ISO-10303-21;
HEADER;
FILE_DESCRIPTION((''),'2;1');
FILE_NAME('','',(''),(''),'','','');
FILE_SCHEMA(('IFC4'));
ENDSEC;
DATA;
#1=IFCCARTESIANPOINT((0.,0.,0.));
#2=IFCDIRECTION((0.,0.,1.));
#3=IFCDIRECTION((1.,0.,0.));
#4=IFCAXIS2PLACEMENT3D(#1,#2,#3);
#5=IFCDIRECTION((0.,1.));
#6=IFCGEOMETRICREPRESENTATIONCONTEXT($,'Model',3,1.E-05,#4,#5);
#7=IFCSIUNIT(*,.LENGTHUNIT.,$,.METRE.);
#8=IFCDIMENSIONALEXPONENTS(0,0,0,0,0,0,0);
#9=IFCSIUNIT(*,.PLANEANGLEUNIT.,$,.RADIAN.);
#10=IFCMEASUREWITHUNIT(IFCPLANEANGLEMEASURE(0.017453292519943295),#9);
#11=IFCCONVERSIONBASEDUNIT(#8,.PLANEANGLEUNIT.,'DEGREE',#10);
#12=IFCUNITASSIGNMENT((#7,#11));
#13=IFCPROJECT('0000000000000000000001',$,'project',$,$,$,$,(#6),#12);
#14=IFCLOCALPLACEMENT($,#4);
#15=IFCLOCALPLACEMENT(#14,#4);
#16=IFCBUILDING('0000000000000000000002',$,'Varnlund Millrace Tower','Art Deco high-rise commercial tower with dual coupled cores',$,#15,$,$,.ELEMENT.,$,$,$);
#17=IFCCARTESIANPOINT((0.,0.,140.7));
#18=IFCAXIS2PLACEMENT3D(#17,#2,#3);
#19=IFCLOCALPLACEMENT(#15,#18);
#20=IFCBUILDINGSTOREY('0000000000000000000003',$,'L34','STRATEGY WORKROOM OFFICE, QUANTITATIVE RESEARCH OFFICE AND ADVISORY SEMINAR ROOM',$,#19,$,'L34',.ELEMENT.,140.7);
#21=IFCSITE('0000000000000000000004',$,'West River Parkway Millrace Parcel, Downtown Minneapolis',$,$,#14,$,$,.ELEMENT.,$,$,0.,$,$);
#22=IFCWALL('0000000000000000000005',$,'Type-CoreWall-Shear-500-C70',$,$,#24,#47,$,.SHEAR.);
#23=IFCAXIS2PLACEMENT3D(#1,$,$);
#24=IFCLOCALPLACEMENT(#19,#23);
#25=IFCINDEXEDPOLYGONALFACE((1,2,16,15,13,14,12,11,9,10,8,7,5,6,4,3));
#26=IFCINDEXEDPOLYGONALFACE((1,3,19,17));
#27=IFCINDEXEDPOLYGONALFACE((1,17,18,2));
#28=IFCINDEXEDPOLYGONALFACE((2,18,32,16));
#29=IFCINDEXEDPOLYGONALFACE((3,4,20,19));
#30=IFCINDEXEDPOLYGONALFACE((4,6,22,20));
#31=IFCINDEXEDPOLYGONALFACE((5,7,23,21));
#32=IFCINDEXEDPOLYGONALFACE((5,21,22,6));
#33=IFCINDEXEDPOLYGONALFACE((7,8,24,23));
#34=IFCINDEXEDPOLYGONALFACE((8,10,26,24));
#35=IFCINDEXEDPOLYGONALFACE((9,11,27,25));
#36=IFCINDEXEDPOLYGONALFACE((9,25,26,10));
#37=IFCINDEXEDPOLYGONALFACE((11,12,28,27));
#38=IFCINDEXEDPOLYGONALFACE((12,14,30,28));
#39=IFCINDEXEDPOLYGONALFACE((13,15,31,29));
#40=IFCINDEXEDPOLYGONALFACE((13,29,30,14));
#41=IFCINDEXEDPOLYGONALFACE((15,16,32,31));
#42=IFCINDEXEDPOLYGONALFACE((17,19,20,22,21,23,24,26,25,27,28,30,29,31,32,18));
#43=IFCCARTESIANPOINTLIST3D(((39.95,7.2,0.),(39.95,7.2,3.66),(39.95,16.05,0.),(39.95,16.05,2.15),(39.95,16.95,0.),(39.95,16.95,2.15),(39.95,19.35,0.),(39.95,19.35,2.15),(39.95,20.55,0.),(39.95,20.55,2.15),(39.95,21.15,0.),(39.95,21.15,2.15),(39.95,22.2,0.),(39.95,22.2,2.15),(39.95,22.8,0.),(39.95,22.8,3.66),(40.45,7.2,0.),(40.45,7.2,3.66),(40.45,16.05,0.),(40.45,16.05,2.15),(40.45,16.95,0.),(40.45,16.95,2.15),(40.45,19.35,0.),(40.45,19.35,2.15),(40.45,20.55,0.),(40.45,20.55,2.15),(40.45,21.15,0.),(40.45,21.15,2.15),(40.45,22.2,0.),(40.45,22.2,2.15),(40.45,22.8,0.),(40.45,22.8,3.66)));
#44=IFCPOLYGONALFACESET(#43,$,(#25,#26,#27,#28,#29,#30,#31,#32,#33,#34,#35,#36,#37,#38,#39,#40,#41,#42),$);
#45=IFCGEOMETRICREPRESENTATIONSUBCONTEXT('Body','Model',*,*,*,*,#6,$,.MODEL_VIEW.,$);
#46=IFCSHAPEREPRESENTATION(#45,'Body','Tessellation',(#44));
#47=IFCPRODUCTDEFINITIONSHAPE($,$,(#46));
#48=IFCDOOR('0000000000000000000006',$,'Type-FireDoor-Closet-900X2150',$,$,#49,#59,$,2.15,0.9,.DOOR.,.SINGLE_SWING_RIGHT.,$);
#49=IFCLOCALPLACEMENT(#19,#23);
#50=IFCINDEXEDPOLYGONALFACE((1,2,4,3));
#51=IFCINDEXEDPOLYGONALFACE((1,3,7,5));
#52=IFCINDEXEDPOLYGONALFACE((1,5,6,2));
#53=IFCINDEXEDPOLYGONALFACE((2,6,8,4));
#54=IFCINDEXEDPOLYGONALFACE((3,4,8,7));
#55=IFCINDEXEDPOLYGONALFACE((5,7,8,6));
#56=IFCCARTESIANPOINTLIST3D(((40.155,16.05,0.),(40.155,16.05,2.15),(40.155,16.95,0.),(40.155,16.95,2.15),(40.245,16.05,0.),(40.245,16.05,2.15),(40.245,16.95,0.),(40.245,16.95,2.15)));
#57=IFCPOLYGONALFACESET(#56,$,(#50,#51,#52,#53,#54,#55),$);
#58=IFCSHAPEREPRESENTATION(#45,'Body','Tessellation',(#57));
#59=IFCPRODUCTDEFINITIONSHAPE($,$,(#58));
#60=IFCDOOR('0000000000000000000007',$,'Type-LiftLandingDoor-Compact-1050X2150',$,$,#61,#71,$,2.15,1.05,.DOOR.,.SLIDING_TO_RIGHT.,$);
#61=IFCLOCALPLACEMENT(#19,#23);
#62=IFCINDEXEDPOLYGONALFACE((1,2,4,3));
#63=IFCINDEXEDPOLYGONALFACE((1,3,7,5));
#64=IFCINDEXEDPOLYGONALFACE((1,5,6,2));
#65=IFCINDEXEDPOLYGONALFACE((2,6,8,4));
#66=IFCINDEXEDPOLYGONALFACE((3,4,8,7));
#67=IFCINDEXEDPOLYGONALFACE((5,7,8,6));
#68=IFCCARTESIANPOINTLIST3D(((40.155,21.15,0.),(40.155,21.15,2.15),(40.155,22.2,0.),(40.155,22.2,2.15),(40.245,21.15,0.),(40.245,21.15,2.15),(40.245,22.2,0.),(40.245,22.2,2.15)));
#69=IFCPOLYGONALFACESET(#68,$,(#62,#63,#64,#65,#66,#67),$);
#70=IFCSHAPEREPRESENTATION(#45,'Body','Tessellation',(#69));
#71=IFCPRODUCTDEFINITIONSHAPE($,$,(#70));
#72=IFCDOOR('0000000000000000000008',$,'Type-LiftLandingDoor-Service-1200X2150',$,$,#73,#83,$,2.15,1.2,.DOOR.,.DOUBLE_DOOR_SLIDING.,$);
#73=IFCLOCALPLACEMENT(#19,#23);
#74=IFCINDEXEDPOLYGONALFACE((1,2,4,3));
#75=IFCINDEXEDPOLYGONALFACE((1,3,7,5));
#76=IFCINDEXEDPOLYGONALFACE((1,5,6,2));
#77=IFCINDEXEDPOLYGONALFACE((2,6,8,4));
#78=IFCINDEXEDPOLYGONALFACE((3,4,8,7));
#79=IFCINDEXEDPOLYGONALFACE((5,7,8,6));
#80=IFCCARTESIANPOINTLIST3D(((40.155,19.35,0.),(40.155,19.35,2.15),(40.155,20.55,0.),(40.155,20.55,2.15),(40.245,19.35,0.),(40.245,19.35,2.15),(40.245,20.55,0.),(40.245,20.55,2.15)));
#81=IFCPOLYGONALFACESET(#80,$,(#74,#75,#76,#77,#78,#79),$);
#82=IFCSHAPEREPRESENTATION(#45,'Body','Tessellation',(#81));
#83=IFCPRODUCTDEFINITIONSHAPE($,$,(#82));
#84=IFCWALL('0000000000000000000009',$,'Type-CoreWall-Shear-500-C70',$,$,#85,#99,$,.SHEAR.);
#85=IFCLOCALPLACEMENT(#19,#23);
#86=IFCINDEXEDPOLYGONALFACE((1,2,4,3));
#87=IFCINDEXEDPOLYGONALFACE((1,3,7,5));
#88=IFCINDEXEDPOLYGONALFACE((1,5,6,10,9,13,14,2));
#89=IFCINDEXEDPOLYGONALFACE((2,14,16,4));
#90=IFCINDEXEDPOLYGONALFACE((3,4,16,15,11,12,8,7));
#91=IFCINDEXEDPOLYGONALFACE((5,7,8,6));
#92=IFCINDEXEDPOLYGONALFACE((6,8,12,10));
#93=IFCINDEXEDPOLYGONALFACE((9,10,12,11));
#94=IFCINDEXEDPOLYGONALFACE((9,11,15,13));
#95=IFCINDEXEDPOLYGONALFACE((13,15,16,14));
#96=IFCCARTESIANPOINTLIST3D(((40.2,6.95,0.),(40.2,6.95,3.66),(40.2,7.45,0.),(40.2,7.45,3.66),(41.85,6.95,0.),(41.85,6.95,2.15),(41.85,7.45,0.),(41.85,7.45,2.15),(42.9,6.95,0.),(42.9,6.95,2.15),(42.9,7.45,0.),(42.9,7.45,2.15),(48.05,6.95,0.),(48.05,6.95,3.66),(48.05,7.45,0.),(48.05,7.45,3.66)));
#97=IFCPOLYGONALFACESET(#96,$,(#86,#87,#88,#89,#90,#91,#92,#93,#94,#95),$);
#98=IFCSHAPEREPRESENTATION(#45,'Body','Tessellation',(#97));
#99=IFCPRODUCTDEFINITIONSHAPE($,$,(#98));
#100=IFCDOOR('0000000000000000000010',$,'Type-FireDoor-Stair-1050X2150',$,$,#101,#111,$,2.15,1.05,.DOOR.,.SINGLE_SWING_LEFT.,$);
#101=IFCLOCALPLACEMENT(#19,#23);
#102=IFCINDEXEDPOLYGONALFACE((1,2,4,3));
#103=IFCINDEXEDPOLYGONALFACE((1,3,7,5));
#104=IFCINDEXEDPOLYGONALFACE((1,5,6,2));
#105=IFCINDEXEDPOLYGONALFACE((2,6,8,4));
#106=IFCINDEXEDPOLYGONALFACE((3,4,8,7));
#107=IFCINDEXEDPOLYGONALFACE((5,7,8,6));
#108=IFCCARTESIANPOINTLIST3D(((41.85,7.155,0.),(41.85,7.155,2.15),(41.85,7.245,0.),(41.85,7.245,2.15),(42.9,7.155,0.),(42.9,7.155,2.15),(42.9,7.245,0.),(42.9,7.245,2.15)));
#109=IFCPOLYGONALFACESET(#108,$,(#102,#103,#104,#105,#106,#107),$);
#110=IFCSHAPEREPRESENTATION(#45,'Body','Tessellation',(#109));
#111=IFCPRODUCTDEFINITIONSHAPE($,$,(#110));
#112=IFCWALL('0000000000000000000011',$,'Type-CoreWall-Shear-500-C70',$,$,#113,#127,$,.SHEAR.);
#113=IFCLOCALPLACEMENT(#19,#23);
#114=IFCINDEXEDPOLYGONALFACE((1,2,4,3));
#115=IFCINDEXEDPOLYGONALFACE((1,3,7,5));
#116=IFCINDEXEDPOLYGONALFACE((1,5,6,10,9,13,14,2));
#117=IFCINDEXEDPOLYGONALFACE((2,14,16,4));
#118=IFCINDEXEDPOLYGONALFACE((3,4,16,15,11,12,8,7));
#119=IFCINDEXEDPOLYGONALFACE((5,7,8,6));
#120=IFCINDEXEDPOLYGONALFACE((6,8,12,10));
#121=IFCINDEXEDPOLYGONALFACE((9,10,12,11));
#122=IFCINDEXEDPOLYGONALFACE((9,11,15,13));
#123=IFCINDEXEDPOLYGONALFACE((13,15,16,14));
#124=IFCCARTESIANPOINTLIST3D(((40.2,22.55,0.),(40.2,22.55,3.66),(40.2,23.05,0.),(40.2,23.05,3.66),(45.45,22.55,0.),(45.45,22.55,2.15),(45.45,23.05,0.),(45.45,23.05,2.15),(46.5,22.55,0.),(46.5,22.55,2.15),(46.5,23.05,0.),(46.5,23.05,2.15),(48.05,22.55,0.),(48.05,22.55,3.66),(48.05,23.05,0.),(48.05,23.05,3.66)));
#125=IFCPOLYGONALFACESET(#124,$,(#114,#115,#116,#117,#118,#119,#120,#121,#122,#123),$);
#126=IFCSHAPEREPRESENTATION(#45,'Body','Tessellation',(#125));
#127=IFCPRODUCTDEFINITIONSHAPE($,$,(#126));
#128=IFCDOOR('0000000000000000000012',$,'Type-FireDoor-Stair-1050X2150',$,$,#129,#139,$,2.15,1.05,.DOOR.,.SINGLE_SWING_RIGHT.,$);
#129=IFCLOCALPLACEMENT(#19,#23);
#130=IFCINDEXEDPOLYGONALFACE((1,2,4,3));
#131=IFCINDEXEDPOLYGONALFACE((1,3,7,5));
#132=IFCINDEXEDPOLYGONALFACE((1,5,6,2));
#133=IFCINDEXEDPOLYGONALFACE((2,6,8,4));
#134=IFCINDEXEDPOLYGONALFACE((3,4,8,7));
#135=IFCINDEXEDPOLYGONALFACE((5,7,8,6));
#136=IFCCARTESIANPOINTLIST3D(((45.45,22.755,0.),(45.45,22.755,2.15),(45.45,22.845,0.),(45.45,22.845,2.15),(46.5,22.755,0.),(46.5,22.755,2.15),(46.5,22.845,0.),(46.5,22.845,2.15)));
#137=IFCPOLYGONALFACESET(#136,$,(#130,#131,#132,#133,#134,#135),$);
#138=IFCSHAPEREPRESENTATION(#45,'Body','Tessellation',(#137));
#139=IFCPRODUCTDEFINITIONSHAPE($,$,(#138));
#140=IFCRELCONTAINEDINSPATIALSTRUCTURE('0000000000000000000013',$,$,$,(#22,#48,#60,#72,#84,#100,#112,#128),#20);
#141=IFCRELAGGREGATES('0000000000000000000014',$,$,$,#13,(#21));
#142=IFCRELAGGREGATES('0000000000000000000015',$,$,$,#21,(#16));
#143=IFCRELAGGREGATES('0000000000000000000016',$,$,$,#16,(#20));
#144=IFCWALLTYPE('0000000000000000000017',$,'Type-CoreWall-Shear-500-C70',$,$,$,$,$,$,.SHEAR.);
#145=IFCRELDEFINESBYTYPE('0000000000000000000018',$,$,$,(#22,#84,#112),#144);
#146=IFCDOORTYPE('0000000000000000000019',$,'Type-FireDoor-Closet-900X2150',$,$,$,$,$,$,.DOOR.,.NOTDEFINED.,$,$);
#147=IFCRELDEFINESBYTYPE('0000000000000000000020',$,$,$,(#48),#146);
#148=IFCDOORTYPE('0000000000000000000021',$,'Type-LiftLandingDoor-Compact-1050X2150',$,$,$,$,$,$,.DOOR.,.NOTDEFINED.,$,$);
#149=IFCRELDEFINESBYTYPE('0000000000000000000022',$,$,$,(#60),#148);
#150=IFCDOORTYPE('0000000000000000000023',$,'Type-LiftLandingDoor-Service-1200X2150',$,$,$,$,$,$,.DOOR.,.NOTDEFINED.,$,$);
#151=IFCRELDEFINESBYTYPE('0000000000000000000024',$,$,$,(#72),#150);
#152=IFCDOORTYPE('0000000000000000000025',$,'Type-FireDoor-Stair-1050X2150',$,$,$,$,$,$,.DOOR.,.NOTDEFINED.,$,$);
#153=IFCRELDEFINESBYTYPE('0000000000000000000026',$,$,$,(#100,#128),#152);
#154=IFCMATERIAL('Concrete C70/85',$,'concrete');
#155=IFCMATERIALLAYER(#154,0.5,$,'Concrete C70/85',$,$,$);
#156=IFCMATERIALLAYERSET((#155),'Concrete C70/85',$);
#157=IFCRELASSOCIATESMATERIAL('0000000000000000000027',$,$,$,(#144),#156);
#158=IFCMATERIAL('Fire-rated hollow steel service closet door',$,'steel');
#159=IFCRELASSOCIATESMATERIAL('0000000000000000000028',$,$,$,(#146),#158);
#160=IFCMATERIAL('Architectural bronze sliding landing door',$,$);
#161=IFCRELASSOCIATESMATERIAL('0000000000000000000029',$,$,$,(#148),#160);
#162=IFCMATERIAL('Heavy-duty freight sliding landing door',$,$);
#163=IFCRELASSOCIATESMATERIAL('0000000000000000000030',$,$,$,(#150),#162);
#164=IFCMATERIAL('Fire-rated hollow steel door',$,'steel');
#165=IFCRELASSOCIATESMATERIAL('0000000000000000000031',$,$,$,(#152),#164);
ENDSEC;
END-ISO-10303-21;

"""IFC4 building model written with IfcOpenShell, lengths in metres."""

from ifc_helpers import new_model, entity, si_unit, converted_unit, direction, frame, origin_with_axes, origin_2d_with_axis, place, context, subcontext, project, spatial, polyline, rectangle, outline, extrude, material, layer, layer_set, type_object, element, fill, save


model = new_model("IFC4")

# Units and contexts
model_context = context("Model", 3, precision=1e-05, world=origin_with_axes(), true_north=direction((0.0, 1.0)))
body_context = subcontext(model_context, "Body", "Model", "MODEL_VIEW")
ifc_project = project(units=[si_unit("LENGTHUNIT", "METRE"), converted_unit("PLANEANGLEUNIT", "DEGREE", entity("IfcPlaneAngleMeasure", 0.017453292519943295), si_unit("PLANEANGLEUNIT", "RADIAN"), dimensions=[0, 0, 0, 0, 0, 0, 0])], contexts=[model_context])

# Site, building, storey
site_placement = place(None, origin_with_axes())
site = spatial("IfcSite", under=ifc_project, at=site_placement, Name="West River Parkway Millrace Parcel, Downtown Minneapolis", CompositionType="ELEMENT", RefElevation=0.0)
building_placement = place(site_placement, origin_with_axes())
building = spatial("IfcBuilding", under=site, at=building_placement, Name="Varnlund Millrace Tower", Description="Art Deco high-rise commercial tower with dual coupled cores", CompositionType="ELEMENT")
storey_placement = place(building_placement, frame((0.0, 0.0, 140.7), z_axis=(0.0, 0.0, 1.0), x_axis=(1.0, 0.0, 0.0)))
storey = spatial("IfcBuildingStorey", under=building, at=storey_placement, Name="L34", Description="STRATEGY WORKROOM OFFICE, QUANTITATIVE RESEARCH OFFICE AND ADVISORY SEMINAR ROOM", LongName="L34", CompositionType="ELEMENT", Elevation=140.7)

# Wall, openings, doors
ifc_material_1 = material(Name="Concrete C70/85", Category="concrete")
ifc_layer_1 = layer(ifc_material_1, 0.5, Name="Concrete C70/85")
ifc_layer_set_1 = layer_set([ifc_layer_1], Name="Concrete C70/85")
wall_type_1 = type_object("IfcWallType", Name="Type-CoreWall-Shear-500-C70", PredefinedType="SHEAR", material=ifc_layer_set_1)
wall_1_placement = place(storey_placement, frame((40.2, 7.2, 0.0), z_axis=(0.0, 0.0, 1.0), x_axis=(0.0, 1.0, 0.0)))
wall_1 = element("IfcWall", 1, at=wall_1_placement, inside=storey, type_object=wall_type_1, Name="Type-CoreWall-Shear-500-C70", PredefinedType="SHEAR", context=body_context, shape_type="SweptSolid", body=[
    extrude(outline(polyline([(0.0, -0.25), (15.6, -0.25), (15.6, 0.25), (0.0, 0.25), (0.0, -0.25)])), origin_with_axes(), (0.0, 0.0, 1.0), 3.66),
])
opening_1_placement = place(wall_1_placement, frame((14.475, 0.0, 0.0), z_axis=(0.0, 0.0, 1.0), x_axis=(1.0, 0.0, 0.0)))
opening_1 = element("IfcOpeningElement", 2, at=opening_1_placement, cuts=wall_1, PredefinedType="OPENING", context=body_context, shape_type="SweptSolid", body=[
    extrude(rectangle(XDim=1.05, YDim=0.52, at=origin_2d_with_axis()), origin_with_axes(), (0.0, 0.0, 1.0), 2.15),
])
opening_2_placement = place(wall_1_placement, frame((12.75, 0.0, 0.0), z_axis=(0.0, 0.0, 1.0), x_axis=(1.0, 0.0, 0.0)))
opening_2 = element("IfcOpeningElement", 3, at=opening_2_placement, cuts=wall_1, PredefinedType="OPENING", context=body_context, shape_type="SweptSolid", body=[
    extrude(rectangle(XDim=1.2, YDim=0.52, at=origin_2d_with_axis()), origin_with_axes(), (0.0, 0.0, 1.0), 2.15),
])
opening_3_placement = place(wall_1_placement, frame((9.3, 0.0, 0.0), z_axis=(0.0, 0.0, 1.0), x_axis=(1.0, 0.0, 0.0)))
opening_3 = element("IfcOpeningElement", 4, at=opening_3_placement, cuts=wall_1, PredefinedType="OPENING", context=body_context, shape_type="SweptSolid", body=[
    extrude(rectangle(XDim=0.9, YDim=0.52, at=origin_2d_with_axis()), origin_with_axes(), (0.0, 0.0, 1.0), 2.15),
])
ifc_material_2 = material(Name="Fire-rated hollow steel service closet door", Category="steel")
door_type_1 = type_object("IfcDoorType", Name="Type-FireDoor-Closet-900X2150", OperationType="NOTDEFINED", PredefinedType="DOOR", material=ifc_material_2)
door_1_placement = place(wall_1_placement, frame((9.3, 0.0, 0.0), z_axis=(0.0, 0.0, 1.0), x_axis=(1.0, 0.0, 0.0)))
door_1 = element("IfcDoor", 5, at=door_1_placement, inside=storey, type_object=door_type_1, Name="Type-FireDoor-Closet-900X2150", OperationType="SINGLE_SWING_RIGHT", OverallHeight=2.15, OverallWidth=0.9, PredefinedType="DOOR", context=body_context, shape_type="SweptSolid", body=[
    extrude(rectangle(XDim=0.9, YDim=0.09, at=origin_2d_with_axis()), origin_with_axes(), (0.0, 0.0, 1.0), 2.15),
])
fill(opening_3, door_1)
ifc_material_3 = material(Name="Architectural bronze sliding landing door")
door_type_2 = type_object("IfcDoorType", Name="Type-LiftLandingDoor-Compact-1050X2150", OperationType="NOTDEFINED", PredefinedType="DOOR", material=ifc_material_3)
door_2_placement = place(wall_1_placement, frame((14.475, 0.0, 0.0), z_axis=(0.0, 0.0, 1.0), x_axis=(1.0, 0.0, 0.0)))
door_2 = element("IfcDoor", 6, at=door_2_placement, inside=storey, type_object=door_type_2, Name="Type-LiftLandingDoor-Compact-1050X2150", OperationType="SLIDING_TO_RIGHT", OverallHeight=2.15, OverallWidth=1.05, PredefinedType="DOOR", context=body_context, shape_type="SweptSolid", body=[
    extrude(rectangle(XDim=1.05, YDim=0.09, at=origin_2d_with_axis()), origin_with_axes(), (0.0, 0.0, 1.0), 2.15),
])
fill(opening_1, door_2)
ifc_material_4 = material(Name="Heavy-duty freight sliding landing door")
door_type_3 = type_object("IfcDoorType", Name="Type-LiftLandingDoor-Service-1200X2150", OperationType="NOTDEFINED", PredefinedType="DOOR", material=ifc_material_4)
door_3_placement = place(wall_1_placement, frame((12.75, 0.0, 0.0), z_axis=(0.0, 0.0, 1.0), x_axis=(1.0, 0.0, 0.0)))
door_3 = element("IfcDoor", 7, at=door_3_placement, inside=storey, type_object=door_type_3, Name="Type-LiftLandingDoor-Service-1200X2150", OperationType="DOUBLE_DOOR_SLIDING", OverallHeight=2.15, OverallWidth=1.2, PredefinedType="DOOR", context=body_context, shape_type="SweptSolid", body=[
    extrude(rectangle(XDim=1.2, YDim=0.09, at=origin_2d_with_axis()), origin_with_axes(), (0.0, 0.0, 1.0), 2.15),
])
fill(opening_2, door_3)

# Walls, openings, doors
wall_2_placement = place(storey_placement, frame((40.2, 7.2, 0.0), z_axis=(0.0, 0.0, 1.0), x_axis=(1.0, 0.0, 0.0)))
wall_2 = element("IfcWall", 8, at=wall_2_placement, inside=storey, type_object=wall_type_1, Name="Type-CoreWall-Shear-500-C70", PredefinedType="SHEAR", context=body_context, shape_type="SweptSolid", body=[
    extrude(outline(polyline([(0.0, -0.25), (7.85, -0.25), (7.85, 0.25), (0.0, 0.25), (0.0, -0.25)])), origin_with_axes(), (0.0, 0.0, 1.0), 3.66),
])
opening_4_placement = place(wall_2_placement, frame((2.175, 0.0, 0.0), z_axis=(0.0, 0.0, 1.0), x_axis=(1.0, 0.0, 0.0)))
opening_4 = element("IfcOpeningElement", 9, at=opening_4_placement, cuts=wall_2, PredefinedType="OPENING", context=body_context, shape_type="SweptSolid", body=[
    extrude(rectangle(XDim=1.05, YDim=0.52, at=origin_2d_with_axis()), origin_with_axes(), (0.0, 0.0, 1.0), 2.15),
])
ifc_material_5 = material(Name="Fire-rated hollow steel door", Category="steel")
door_type_4 = type_object("IfcDoorType", Name="Type-FireDoor-Stair-1050X2150", OperationType="NOTDEFINED", PredefinedType="DOOR", material=ifc_material_5)
door_4_placement = place(wall_2_placement, frame((2.175, 0.0, 0.0), z_axis=(0.0, 0.0, 1.0), x_axis=(1.0, 0.0, 0.0)))
door_4 = element("IfcDoor", 10, at=door_4_placement, inside=storey, type_object=door_type_4, Name="Type-FireDoor-Stair-1050X2150", OperationType="SINGLE_SWING_LEFT", OverallHeight=2.15, OverallWidth=1.05, PredefinedType="DOOR", context=body_context, shape_type="SweptSolid", body=[
    extrude(rectangle(XDim=1.05, YDim=0.09, at=origin_2d_with_axis()), origin_with_axes(), (0.0, 0.0, 1.0), 2.15),
])
fill(opening_4, door_4)
wall_3_placement = place(storey_placement, frame((40.2, 22.8, 0.0), z_axis=(0.0, 0.0, 1.0), x_axis=(1.0, 0.0, 0.0)))
wall_3 = element("IfcWall", 11, at=wall_3_placement, inside=storey, type_object=wall_type_1, Name="Type-CoreWall-Shear-500-C70", PredefinedType="SHEAR", context=body_context, shape_type="SweptSolid", body=[
    extrude(outline(polyline([(0.0, -0.25), (7.85, -0.25), (7.85, 0.25), (0.0, 0.25), (0.0, -0.25)])), origin_with_axes(), (0.0, 0.0, 1.0), 3.66),
])
opening_5_placement = place(wall_3_placement, frame((5.775, 0.0, 0.0), z_axis=(0.0, 0.0, 1.0), x_axis=(1.0, 0.0, 0.0)))
opening_5 = element("IfcOpeningElement", 12, at=opening_5_placement, cuts=wall_3, PredefinedType="OPENING", context=body_context, shape_type="SweptSolid", body=[
    extrude(rectangle(XDim=1.05, YDim=0.52, at=origin_2d_with_axis()), origin_with_axes(), (0.0, 0.0, 1.0), 2.15),
])
door_5_placement = place(wall_3_placement, frame((5.775, 0.0, 0.0), z_axis=(0.0, 0.0, 1.0), x_axis=(1.0, 0.0, 0.0)))
door_5 = element("IfcDoor", 13, at=door_5_placement, inside=storey, type_object=door_type_4, Name="Type-FireDoor-Stair-1050X2150", OperationType="SINGLE_SWING_RIGHT", OverallHeight=2.15, OverallWidth=1.05, PredefinedType="DOOR", context=body_context, shape_type="SweptSolid", body=[
    extrude(rectangle(XDim=1.05, YDim=0.09, at=origin_2d_with_axis()), origin_with_axes(), (0.0, 0.0, 1.0), 2.15),
])
fill(opening_5, door_5)

save(model, "model.ifc")
